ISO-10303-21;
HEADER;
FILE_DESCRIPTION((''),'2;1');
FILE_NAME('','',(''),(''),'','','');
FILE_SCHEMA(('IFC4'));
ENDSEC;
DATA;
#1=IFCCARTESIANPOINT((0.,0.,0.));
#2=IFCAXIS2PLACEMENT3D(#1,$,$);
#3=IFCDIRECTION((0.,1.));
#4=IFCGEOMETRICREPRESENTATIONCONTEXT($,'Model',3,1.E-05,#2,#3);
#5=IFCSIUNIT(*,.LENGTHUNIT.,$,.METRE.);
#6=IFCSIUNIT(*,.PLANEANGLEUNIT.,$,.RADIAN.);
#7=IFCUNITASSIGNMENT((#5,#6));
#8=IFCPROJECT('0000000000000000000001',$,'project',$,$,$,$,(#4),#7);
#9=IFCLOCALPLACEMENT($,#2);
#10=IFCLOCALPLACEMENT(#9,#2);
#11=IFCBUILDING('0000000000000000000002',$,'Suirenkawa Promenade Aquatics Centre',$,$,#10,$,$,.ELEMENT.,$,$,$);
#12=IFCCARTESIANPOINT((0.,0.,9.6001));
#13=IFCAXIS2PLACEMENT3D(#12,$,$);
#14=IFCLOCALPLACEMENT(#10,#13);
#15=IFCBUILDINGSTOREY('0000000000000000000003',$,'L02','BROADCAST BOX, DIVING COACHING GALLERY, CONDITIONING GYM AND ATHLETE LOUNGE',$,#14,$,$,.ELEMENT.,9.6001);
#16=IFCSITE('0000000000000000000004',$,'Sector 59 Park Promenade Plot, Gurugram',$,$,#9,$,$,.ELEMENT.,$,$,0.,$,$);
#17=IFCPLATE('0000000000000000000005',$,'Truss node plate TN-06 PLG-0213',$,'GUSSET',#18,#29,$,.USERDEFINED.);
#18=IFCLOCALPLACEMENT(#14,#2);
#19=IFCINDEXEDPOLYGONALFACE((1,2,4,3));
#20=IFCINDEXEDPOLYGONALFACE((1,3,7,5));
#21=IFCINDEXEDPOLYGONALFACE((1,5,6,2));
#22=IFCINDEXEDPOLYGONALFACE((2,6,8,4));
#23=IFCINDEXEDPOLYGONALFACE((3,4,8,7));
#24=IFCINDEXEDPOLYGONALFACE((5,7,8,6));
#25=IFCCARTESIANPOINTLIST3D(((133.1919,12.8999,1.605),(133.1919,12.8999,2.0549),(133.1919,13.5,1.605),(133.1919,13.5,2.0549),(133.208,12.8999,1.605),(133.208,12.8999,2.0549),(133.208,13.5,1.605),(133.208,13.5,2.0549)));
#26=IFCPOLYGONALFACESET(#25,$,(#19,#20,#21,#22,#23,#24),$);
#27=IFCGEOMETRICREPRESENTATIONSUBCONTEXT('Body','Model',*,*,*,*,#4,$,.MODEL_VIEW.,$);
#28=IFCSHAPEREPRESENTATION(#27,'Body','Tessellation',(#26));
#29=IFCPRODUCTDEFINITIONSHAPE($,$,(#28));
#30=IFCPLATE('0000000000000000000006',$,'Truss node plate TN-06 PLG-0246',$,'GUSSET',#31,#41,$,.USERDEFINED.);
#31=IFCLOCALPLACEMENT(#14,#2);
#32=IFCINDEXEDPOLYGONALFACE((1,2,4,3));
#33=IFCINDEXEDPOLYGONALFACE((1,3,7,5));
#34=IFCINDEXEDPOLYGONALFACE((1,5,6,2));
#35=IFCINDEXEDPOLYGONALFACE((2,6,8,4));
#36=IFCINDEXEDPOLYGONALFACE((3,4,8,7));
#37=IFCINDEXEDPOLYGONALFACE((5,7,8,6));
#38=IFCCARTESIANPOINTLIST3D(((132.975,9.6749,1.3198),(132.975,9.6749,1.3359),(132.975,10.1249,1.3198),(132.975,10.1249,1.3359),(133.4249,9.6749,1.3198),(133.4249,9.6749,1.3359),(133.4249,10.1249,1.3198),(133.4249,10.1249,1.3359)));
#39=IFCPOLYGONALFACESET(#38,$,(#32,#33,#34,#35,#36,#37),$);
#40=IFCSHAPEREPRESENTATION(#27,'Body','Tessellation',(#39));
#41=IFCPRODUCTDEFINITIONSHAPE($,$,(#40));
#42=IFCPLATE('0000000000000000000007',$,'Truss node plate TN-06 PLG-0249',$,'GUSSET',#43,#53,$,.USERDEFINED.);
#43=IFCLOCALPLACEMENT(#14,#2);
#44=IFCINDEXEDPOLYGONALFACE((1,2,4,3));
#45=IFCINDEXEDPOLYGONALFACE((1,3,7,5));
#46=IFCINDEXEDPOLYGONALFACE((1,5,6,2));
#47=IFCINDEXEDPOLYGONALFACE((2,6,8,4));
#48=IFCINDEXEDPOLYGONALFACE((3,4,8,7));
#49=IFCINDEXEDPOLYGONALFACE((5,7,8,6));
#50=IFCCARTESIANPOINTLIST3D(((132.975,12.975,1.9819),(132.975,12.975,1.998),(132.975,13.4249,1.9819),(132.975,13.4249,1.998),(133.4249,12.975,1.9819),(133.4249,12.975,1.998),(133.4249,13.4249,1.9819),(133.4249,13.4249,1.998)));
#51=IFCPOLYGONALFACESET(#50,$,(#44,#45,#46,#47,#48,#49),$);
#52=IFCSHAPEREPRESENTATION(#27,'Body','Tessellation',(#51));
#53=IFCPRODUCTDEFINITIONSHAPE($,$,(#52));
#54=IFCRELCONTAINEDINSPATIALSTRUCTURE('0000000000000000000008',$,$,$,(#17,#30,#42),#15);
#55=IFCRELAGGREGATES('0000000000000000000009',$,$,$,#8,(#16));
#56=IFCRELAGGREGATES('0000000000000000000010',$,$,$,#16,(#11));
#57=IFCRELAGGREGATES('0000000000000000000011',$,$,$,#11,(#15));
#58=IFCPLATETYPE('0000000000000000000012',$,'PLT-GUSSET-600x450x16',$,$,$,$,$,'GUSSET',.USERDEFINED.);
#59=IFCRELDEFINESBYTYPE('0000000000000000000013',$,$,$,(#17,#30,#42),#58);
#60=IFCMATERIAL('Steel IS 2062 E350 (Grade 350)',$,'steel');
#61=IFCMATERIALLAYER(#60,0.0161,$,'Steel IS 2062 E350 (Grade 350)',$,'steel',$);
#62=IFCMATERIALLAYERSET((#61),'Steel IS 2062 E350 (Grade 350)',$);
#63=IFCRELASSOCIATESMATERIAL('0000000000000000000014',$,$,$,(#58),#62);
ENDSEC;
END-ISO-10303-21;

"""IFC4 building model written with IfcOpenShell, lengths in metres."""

from ifc_helpers import new_model, si_unit, direction, frame, origin, origin_2d, place, context, subcontext, project, spatial, rectangle, extrude, material, layer, layer_set, type_object, element, save


model = new_model("IFC4")

# Units and contexts
model_context = context("Model", 3, precision=1e-05, world=origin(), true_north=direction((0.0, 1.0)))
body_context = subcontext(model_context, "Body", "Model", "MODEL_VIEW")
ifc_project = project(units=[si_unit("LENGTHUNIT", "METRE"), si_unit("PLANEANGLEUNIT", "RADIAN")], contexts=[model_context])

# Site, building, storey
site_placement = place(None, origin())
site = spatial("IfcSite", under=ifc_project, at=site_placement, Name="Sector 59 Park Promenade Plot, Gurugram", CompositionType="ELEMENT", RefElevation=0.0)
building_placement = place(site_placement, origin())
building = spatial("IfcBuilding", under=site, at=building_placement, Name="Suirenkawa Promenade Aquatics Centre", CompositionType="ELEMENT")
storey_placement = place(building_placement, frame((0.0, 0.0, 9.6001)))
storey = spatial("IfcBuildingStorey", under=building, at=storey_placement, Name="L02", Description="BROADCAST BOX, DIVING COACHING GALLERY, CONDITIONING GYM AND ATHLETE LOUNGE", CompositionType="ELEMENT", Elevation=9.6001)

# Shared definitions
ifc_material = material(Name="Steel IS 2062 E350 (Grade 350)", Category="steel")

# Plates
ifc_layer = layer(ifc_material, 0.0161, Name="Steel IS 2062 E350 (Grade 350)", Category="steel")
ifc_layer_set = layer_set([ifc_layer], Name="Steel IS 2062 E350 (Grade 350)")
plate_type = type_object("IfcPlateType", Name="PLT-GUSSET-600x450x16", ElementType="GUSSET", PredefinedType="USERDEFINED", material=ifc_layer_set)
plate_placement = place(storey_placement, frame((133.2, 13.2, 1.605), z_axis=(0.0, 0.0, 1.0), x_axis=(0.0, 1.0, 0.0)))
element("IfcPlate", 1, at=plate_placement, inside=storey, type_object=plate_type, Name="Truss node plate TN-06 PLG-0213", ObjectType="GUSSET", PredefinedType="USERDEFINED", context=body_context, shape_type="SweptSolid", body=[
    extrude(rectangle(XDim=0.6001, YDim=0.0161, at=origin_2d()), origin(), (0.0, 0.0, 1.0), 0.45),
])
for number, where, z_axis, x_axis, name in (
    (2, (133.2, 9.8999, 1.3198), (0.0, 0.0, 1.0), (1.0, 0.0, 0.0), "Truss node plate TN-06 PLG-0246"),
    (3, (133.2, 13.2, 1.9819), (0.0, 0.0, 1.0), (1.0, 0.0, 0.0), "Truss node plate TN-06 PLG-0249"),
):
    element("IfcPlate", number, at=place(storey_placement, frame(where, z_axis=z_axis, x_axis=x_axis)), inside=storey, type_object=plate_type, Name=name, ObjectType="GUSSET", PredefinedType="USERDEFINED", context=body_context, shape_type="SweptSolid", body=[
        extrude(rectangle(XDim=0.45, YDim=0.45, at=origin_2d()), origin(), (0.0, 0.0, 1.0), 0.0161),
    ])

save(model, "model.ifc")
